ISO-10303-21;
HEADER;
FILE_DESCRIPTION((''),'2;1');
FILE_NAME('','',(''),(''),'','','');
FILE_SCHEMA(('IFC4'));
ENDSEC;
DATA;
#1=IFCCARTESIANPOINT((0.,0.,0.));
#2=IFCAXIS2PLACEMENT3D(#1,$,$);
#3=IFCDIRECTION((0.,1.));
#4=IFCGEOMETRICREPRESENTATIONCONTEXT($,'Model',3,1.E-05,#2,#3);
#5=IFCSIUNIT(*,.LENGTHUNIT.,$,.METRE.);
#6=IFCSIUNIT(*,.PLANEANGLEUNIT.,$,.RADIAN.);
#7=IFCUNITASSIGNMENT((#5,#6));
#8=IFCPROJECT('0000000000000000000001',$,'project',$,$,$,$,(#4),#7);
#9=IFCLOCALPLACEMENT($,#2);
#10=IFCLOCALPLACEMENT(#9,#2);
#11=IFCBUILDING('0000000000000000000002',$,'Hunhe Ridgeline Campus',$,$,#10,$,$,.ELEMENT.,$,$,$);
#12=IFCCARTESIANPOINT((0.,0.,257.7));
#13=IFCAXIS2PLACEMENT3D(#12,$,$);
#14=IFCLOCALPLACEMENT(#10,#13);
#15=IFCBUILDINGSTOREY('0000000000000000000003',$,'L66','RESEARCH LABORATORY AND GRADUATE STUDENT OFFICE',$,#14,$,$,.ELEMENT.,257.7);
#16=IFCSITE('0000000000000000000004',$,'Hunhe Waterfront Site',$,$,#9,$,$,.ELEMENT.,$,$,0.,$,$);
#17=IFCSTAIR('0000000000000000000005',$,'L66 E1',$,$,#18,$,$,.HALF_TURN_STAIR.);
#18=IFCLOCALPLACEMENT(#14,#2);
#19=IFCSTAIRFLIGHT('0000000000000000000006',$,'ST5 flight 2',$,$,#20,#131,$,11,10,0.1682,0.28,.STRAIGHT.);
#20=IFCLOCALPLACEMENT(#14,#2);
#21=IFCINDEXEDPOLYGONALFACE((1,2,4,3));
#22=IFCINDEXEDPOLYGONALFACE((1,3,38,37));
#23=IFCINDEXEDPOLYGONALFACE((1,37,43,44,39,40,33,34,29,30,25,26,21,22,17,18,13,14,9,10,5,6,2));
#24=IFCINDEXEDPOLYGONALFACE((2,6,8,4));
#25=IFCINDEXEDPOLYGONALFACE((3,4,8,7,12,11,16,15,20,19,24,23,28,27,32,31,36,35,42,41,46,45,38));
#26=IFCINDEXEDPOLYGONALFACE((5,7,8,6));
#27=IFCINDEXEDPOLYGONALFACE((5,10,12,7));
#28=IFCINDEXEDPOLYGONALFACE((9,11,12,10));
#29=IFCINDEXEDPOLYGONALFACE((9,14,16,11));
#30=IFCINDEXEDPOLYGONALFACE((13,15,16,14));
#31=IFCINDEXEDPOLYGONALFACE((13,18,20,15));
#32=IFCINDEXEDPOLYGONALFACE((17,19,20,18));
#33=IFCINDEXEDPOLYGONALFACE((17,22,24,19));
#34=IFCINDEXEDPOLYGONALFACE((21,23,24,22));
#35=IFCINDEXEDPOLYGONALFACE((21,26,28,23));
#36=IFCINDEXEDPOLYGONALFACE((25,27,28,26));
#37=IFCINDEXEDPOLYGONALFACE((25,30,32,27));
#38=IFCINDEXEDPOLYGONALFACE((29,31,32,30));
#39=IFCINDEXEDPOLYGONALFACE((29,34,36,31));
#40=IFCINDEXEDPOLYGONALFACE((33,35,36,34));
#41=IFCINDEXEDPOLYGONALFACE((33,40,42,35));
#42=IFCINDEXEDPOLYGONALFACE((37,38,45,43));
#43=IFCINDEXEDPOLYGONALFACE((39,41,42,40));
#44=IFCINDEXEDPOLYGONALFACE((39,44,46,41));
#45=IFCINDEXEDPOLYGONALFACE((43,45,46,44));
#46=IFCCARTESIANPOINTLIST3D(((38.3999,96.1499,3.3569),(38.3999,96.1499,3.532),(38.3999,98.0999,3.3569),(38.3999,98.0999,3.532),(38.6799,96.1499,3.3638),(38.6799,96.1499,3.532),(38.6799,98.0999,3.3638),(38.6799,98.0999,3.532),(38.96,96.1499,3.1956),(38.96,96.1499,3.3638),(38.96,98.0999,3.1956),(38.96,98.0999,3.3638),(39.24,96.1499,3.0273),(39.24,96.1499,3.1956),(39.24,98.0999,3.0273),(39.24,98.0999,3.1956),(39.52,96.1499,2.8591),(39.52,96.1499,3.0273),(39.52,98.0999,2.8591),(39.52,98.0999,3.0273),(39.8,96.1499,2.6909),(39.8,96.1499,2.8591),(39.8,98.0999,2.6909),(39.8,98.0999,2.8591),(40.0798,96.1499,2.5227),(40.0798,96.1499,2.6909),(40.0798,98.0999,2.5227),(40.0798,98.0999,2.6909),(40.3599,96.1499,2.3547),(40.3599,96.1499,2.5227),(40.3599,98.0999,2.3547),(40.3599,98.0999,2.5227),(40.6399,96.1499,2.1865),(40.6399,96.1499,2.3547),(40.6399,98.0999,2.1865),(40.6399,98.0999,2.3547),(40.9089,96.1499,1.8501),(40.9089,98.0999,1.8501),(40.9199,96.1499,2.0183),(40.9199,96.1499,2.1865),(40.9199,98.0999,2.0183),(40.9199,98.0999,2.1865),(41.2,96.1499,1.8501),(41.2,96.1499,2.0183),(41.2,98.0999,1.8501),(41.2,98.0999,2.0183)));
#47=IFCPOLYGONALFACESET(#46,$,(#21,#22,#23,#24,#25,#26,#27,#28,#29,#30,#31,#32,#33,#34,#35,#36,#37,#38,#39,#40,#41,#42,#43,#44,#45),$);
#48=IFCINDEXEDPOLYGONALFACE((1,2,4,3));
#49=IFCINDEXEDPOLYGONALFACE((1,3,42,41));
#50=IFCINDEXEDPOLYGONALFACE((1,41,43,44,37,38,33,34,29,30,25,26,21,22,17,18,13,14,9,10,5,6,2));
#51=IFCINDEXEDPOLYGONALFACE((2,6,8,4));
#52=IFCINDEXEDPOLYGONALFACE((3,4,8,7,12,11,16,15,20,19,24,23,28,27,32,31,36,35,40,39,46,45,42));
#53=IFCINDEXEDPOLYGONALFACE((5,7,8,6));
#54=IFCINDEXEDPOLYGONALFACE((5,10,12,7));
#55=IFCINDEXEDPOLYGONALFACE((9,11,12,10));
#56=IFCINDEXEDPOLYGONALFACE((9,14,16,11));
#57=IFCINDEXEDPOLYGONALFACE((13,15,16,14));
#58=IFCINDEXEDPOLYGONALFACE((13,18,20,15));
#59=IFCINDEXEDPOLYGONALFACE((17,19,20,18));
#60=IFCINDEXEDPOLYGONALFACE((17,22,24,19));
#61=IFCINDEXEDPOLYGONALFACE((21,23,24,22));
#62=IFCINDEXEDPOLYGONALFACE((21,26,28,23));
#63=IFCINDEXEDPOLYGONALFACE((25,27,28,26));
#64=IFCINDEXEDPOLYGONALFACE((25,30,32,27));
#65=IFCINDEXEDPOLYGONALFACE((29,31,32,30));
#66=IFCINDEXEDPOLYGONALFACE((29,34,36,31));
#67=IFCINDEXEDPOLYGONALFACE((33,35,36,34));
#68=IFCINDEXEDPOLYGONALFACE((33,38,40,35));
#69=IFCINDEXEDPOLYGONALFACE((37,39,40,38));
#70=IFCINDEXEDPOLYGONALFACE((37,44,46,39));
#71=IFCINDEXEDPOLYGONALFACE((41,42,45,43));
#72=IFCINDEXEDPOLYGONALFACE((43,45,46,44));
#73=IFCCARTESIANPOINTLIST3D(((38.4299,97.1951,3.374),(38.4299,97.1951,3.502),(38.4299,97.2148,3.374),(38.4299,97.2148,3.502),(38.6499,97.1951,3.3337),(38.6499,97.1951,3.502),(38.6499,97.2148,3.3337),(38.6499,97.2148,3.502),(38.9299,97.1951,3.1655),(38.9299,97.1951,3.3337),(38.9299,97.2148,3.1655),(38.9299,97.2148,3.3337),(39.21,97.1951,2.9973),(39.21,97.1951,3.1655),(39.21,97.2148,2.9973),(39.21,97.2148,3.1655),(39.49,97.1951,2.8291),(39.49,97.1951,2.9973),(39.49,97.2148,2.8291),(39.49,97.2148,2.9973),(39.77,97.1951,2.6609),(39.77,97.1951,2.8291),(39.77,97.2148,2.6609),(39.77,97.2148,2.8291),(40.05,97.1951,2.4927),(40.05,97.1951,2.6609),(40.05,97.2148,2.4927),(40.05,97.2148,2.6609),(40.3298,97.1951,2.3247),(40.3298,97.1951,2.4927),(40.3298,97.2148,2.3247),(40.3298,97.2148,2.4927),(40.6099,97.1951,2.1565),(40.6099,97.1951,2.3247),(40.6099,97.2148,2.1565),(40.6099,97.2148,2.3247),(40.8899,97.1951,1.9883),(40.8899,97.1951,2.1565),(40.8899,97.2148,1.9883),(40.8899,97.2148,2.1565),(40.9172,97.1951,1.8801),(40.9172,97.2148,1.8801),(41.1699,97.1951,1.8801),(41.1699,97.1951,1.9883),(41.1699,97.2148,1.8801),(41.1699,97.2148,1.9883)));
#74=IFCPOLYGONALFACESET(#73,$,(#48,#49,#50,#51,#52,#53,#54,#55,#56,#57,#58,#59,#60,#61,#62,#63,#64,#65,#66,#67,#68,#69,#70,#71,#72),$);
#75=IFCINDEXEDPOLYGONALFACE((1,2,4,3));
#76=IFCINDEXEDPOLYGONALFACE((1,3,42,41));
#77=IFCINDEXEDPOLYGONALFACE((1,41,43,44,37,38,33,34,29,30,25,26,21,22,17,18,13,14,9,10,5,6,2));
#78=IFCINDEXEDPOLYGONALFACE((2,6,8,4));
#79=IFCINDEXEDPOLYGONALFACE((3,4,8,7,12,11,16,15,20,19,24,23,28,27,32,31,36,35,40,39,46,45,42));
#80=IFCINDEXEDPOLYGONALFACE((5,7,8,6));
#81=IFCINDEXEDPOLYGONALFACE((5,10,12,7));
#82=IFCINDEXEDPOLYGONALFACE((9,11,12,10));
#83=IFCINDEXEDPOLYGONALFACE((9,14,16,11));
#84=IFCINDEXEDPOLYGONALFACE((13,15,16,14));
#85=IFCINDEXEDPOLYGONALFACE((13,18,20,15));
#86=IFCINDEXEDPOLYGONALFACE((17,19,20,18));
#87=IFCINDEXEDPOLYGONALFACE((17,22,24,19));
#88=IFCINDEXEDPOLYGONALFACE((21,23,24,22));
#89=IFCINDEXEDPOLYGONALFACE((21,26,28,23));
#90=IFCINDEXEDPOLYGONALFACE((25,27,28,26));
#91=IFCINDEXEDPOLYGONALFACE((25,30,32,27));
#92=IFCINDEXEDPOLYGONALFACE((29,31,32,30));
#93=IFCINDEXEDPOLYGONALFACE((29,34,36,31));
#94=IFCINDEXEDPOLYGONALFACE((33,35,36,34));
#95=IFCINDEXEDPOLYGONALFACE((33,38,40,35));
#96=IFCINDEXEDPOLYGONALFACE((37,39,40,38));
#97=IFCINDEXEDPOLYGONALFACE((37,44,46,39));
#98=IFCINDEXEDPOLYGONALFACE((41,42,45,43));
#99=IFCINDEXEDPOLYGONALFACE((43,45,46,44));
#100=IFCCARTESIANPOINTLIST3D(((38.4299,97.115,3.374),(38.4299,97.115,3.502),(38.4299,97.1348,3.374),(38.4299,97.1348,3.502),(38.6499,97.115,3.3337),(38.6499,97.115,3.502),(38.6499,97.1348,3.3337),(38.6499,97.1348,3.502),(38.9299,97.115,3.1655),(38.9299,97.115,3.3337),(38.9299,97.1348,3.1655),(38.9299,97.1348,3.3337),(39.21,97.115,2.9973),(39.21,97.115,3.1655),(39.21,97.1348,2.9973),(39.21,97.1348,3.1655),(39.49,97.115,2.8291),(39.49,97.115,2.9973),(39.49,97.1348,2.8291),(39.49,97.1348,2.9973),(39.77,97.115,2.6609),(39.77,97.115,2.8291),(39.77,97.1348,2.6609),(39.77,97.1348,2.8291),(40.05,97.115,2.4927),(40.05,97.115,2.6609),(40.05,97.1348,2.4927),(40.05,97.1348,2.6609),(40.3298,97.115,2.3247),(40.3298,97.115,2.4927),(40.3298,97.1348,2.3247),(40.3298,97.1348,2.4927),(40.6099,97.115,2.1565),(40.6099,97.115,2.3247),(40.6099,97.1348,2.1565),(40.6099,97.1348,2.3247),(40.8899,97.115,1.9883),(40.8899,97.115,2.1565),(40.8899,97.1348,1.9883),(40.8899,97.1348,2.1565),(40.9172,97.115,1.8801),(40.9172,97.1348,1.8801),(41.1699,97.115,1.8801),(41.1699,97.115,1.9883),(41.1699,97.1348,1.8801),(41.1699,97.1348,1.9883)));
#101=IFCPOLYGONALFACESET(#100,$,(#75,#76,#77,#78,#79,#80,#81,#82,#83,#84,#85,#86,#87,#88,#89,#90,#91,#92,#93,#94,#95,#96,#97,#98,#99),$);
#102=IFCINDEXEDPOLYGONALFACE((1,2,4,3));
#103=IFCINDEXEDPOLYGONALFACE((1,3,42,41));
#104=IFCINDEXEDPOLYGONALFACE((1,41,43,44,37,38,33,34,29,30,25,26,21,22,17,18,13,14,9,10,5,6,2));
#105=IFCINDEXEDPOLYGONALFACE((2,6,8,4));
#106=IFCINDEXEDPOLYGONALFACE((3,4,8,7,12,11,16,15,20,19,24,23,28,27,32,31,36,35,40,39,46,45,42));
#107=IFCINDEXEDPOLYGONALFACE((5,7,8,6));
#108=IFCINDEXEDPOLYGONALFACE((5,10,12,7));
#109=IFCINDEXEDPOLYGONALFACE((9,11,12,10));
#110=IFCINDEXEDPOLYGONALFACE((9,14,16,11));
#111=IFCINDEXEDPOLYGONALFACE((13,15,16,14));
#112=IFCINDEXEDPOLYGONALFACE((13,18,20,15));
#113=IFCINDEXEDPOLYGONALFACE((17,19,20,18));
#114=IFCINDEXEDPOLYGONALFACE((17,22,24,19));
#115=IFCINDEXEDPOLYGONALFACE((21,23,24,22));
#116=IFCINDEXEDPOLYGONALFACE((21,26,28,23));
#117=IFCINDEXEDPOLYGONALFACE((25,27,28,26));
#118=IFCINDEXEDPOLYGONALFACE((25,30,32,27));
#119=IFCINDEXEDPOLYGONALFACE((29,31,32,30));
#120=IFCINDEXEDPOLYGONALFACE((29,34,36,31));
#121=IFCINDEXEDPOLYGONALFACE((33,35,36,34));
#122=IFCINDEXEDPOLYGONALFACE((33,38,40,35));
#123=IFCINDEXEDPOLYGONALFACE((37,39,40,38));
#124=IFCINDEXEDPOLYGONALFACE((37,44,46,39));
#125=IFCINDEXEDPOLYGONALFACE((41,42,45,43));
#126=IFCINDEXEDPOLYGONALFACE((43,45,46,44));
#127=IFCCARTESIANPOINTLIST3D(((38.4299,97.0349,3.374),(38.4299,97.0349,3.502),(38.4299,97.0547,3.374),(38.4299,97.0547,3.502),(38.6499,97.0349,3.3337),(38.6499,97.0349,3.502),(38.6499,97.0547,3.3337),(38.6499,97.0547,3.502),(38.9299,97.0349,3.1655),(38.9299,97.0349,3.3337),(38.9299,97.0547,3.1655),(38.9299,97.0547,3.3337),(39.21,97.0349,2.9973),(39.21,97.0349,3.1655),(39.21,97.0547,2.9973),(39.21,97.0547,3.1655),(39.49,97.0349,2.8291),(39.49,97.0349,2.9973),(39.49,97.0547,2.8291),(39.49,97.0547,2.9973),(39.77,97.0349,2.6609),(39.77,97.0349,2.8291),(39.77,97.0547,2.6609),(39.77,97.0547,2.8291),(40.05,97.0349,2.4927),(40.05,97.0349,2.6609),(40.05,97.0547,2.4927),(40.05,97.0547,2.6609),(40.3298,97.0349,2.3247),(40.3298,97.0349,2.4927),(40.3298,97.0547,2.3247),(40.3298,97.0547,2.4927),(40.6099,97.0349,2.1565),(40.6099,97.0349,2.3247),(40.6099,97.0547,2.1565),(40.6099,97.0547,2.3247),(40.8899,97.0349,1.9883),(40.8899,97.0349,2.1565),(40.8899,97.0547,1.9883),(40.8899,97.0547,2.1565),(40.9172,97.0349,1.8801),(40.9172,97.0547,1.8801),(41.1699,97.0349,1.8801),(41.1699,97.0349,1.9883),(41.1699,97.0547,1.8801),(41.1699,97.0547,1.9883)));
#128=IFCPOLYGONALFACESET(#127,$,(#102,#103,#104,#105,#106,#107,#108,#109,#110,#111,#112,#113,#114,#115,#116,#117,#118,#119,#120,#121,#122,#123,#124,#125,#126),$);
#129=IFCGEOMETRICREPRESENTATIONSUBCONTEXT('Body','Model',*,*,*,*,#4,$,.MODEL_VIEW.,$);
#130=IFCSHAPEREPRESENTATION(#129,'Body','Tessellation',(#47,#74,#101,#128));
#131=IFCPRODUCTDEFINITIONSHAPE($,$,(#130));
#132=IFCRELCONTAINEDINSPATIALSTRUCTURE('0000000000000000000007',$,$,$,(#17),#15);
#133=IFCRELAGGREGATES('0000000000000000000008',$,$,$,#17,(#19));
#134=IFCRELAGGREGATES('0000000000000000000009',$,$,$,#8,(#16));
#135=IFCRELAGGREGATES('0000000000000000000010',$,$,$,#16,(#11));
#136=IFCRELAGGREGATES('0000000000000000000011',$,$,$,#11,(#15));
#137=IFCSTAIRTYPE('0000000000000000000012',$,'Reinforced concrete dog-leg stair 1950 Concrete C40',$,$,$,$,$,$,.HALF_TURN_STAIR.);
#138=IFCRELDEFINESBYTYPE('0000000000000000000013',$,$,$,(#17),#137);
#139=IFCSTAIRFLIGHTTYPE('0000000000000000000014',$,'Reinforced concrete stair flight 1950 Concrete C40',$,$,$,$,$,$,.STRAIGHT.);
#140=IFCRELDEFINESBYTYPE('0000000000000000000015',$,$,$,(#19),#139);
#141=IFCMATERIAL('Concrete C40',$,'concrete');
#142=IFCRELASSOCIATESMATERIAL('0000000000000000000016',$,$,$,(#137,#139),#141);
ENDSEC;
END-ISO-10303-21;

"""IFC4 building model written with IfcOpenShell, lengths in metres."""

from ifc_helpers import new_model, si_unit, direction, frame, origin, place, context, subcontext, project, spatial, polyline, outline, extrude, material, type_object, element, aggregate, save


model = new_model("IFC4")

# Units and contexts
model_context = context("Model", 3, precision=1e-05, world=origin(), true_north=direction((0.0, 1.0)))
body_context = subcontext(model_context, "Body", "Model", "MODEL_VIEW")
ifc_project = project(units=[si_unit("LENGTHUNIT", "METRE"), si_unit("PLANEANGLEUNIT", "RADIAN")], contexts=[model_context])

# Site, building, storey
site_placement = place(None, origin())
site = spatial("IfcSite", under=ifc_project, at=site_placement, Name="Hunhe Waterfront Site", CompositionType="ELEMENT", RefElevation=0.0)
building_placement = place(site_placement, origin())
building = spatial("IfcBuilding", under=site, at=building_placement, Name="Hunhe Ridgeline Campus", CompositionType="ELEMENT")
storey_placement = place(building_placement, frame((0.0, 0.0, 257.7)))
storey = spatial("IfcBuildingStorey", under=building, at=storey_placement, Name="L66", Description="RESEARCH LABORATORY AND GRADUATE STUDENT OFFICE", CompositionType="ELEMENT", Elevation=257.7)

# Stair, stair flight
ifc_material_1 = material(Name="Concrete C40", Category="concrete")
stair_type = type_object("IfcStairType", Name="Reinforced concrete dog-leg stair 1950 Concrete C40", PredefinedType="HALF_TURN_STAIR", material=ifc_material_1)
stair_placement = place(storey_placement, origin())
stair = element("IfcStair", 1, at=stair_placement, inside=storey, type_object=stair_type, Name="L66 E1", PredefinedType="HALF_TURN_STAIR")
stair_flight_type = type_object("IfcStairFlightType", Name="Reinforced concrete stair flight 1950 Concrete C40", PredefinedType="STRAIGHT", material=ifc_material_1)
stair_flight_1_placement = place(storey_placement, frame((41.2, 97.125, 1.8501), z_axis=(0.0, 0.0, 1.0), x_axis=(-1.0, 0.0, 0.0)))
stair_flight_1 = element("IfcStairFlight", 2, at=stair_flight_1_placement, type_object=stair_flight_type, Name="ST5 flight 2", NumberOfRisers=11, NumberOfTreads=10, PredefinedType="STRAIGHT", RiserHeight=0.1682, TreadLength=0.28, context=body_context, shape_type="SweptSolid", body=[
    extrude(outline(polyline([(0.0, 0.0), (0.0, 0.1682), (0.28, 0.1682), (0.28, 0.3364), (0.5601, 0.3364), (0.5601, 0.5046), (0.8401, 0.5046), (0.8401, 0.6726), (1.1201, 0.6726), (1.1201, 0.8408), (1.3999, 0.8408), (1.3999, 1.009), (1.6799, 1.009), (1.6799, 1.1772), (1.96, 1.1772), (1.96, 1.3455), (2.24, 1.3455), (2.24, 1.5137), (2.52, 1.5137), (2.52, 1.6819), (2.8, 1.6819), (2.8, 1.8501), (2.8, 1.5068), (0.291, 0.0), (0.0, 0.0)])), frame((0.0, 0.9751, 0.0), z_axis=(0.0, -1.0, 0.0), x_axis=(1.0, 0.0, 0.0)), (0.0, 0.0, 1.0), 1.95),
    extrude(outline(polyline([(0.03, 0.03), (0.03, 0.1382), (0.3101, 0.1382), (0.3101, 0.3064), (0.5901, 0.3064), (0.5901, 0.4746), (0.8701, 0.4746), (0.8701, 0.6426), (1.1499, 0.6426), (1.1499, 0.8108), (1.4299, 0.8108), (1.4299, 0.979), (1.71, 0.979), (1.71, 1.1472), (1.99, 1.1472), (1.99, 1.3154), (2.27, 1.3154), (2.27, 1.4836), (2.55, 1.4836), (2.55, 1.6519), (2.77, 1.6519), (2.77, 1.5239), (0.2827, 0.03), (0.03, 0.03)])), frame((0.0, -0.0701, 0.0), z_axis=(0.0, -1.0, 0.0), x_axis=(1.0, 0.0, 0.0)), (0.0, 0.0, 1.0), 0.0198),
    extrude(outline(polyline([(0.03, 0.03), (0.03, 0.1382), (0.3101, 0.1382), (0.3101, 0.3064), (0.5901, 0.3064), (0.5901, 0.4746), (0.8701, 0.4746), (0.8701, 0.6426), (1.1499, 0.6426), (1.1499, 0.8108), (1.4299, 0.8108), (1.4299, 0.979), (1.71, 0.979), (1.71, 1.1472), (1.99, 1.1472), (1.99, 1.3154), (2.27, 1.3154), (2.27, 1.4836), (2.55, 1.4836), (2.55, 1.6519), (2.77, 1.6519), (2.77, 1.5239), (0.2827, 0.03), (0.03, 0.03)])), frame((0.0, 0.01, 0.0), z_axis=(0.0, -1.0, 0.0), x_axis=(1.0, 0.0, 0.0)), (0.0, 0.0, 1.0), 0.0198),
    extrude(outline(polyline([(0.03, 0.03), (0.03, 0.1382), (0.3101, 0.1382), (0.3101, 0.3064), (0.5901, 0.3064), (0.5901, 0.4746), (0.8701, 0.4746), (0.8701, 0.6426), (1.1499, 0.6426), (1.1499, 0.8108), (1.4299, 0.8108), (1.4299, 0.979), (1.71, 0.979), (1.71, 1.1472), (1.99, 1.1472), (1.99, 1.3154), (2.27, 1.3154), (2.27, 1.4836), (2.55, 1.4836), (2.55, 1.6519), (2.77, 1.6519), (2.77, 1.5239), (0.2827, 0.03), (0.03, 0.03)])), frame((0.0, 0.0901, 0.0), z_axis=(0.0, -1.0, 0.0), x_axis=(1.0, 0.0, 0.0)), (0.0, 0.0, 1.0), 0.0198),
])
aggregate(stair, [stair_flight_1])

save(model, "model.ifc")
